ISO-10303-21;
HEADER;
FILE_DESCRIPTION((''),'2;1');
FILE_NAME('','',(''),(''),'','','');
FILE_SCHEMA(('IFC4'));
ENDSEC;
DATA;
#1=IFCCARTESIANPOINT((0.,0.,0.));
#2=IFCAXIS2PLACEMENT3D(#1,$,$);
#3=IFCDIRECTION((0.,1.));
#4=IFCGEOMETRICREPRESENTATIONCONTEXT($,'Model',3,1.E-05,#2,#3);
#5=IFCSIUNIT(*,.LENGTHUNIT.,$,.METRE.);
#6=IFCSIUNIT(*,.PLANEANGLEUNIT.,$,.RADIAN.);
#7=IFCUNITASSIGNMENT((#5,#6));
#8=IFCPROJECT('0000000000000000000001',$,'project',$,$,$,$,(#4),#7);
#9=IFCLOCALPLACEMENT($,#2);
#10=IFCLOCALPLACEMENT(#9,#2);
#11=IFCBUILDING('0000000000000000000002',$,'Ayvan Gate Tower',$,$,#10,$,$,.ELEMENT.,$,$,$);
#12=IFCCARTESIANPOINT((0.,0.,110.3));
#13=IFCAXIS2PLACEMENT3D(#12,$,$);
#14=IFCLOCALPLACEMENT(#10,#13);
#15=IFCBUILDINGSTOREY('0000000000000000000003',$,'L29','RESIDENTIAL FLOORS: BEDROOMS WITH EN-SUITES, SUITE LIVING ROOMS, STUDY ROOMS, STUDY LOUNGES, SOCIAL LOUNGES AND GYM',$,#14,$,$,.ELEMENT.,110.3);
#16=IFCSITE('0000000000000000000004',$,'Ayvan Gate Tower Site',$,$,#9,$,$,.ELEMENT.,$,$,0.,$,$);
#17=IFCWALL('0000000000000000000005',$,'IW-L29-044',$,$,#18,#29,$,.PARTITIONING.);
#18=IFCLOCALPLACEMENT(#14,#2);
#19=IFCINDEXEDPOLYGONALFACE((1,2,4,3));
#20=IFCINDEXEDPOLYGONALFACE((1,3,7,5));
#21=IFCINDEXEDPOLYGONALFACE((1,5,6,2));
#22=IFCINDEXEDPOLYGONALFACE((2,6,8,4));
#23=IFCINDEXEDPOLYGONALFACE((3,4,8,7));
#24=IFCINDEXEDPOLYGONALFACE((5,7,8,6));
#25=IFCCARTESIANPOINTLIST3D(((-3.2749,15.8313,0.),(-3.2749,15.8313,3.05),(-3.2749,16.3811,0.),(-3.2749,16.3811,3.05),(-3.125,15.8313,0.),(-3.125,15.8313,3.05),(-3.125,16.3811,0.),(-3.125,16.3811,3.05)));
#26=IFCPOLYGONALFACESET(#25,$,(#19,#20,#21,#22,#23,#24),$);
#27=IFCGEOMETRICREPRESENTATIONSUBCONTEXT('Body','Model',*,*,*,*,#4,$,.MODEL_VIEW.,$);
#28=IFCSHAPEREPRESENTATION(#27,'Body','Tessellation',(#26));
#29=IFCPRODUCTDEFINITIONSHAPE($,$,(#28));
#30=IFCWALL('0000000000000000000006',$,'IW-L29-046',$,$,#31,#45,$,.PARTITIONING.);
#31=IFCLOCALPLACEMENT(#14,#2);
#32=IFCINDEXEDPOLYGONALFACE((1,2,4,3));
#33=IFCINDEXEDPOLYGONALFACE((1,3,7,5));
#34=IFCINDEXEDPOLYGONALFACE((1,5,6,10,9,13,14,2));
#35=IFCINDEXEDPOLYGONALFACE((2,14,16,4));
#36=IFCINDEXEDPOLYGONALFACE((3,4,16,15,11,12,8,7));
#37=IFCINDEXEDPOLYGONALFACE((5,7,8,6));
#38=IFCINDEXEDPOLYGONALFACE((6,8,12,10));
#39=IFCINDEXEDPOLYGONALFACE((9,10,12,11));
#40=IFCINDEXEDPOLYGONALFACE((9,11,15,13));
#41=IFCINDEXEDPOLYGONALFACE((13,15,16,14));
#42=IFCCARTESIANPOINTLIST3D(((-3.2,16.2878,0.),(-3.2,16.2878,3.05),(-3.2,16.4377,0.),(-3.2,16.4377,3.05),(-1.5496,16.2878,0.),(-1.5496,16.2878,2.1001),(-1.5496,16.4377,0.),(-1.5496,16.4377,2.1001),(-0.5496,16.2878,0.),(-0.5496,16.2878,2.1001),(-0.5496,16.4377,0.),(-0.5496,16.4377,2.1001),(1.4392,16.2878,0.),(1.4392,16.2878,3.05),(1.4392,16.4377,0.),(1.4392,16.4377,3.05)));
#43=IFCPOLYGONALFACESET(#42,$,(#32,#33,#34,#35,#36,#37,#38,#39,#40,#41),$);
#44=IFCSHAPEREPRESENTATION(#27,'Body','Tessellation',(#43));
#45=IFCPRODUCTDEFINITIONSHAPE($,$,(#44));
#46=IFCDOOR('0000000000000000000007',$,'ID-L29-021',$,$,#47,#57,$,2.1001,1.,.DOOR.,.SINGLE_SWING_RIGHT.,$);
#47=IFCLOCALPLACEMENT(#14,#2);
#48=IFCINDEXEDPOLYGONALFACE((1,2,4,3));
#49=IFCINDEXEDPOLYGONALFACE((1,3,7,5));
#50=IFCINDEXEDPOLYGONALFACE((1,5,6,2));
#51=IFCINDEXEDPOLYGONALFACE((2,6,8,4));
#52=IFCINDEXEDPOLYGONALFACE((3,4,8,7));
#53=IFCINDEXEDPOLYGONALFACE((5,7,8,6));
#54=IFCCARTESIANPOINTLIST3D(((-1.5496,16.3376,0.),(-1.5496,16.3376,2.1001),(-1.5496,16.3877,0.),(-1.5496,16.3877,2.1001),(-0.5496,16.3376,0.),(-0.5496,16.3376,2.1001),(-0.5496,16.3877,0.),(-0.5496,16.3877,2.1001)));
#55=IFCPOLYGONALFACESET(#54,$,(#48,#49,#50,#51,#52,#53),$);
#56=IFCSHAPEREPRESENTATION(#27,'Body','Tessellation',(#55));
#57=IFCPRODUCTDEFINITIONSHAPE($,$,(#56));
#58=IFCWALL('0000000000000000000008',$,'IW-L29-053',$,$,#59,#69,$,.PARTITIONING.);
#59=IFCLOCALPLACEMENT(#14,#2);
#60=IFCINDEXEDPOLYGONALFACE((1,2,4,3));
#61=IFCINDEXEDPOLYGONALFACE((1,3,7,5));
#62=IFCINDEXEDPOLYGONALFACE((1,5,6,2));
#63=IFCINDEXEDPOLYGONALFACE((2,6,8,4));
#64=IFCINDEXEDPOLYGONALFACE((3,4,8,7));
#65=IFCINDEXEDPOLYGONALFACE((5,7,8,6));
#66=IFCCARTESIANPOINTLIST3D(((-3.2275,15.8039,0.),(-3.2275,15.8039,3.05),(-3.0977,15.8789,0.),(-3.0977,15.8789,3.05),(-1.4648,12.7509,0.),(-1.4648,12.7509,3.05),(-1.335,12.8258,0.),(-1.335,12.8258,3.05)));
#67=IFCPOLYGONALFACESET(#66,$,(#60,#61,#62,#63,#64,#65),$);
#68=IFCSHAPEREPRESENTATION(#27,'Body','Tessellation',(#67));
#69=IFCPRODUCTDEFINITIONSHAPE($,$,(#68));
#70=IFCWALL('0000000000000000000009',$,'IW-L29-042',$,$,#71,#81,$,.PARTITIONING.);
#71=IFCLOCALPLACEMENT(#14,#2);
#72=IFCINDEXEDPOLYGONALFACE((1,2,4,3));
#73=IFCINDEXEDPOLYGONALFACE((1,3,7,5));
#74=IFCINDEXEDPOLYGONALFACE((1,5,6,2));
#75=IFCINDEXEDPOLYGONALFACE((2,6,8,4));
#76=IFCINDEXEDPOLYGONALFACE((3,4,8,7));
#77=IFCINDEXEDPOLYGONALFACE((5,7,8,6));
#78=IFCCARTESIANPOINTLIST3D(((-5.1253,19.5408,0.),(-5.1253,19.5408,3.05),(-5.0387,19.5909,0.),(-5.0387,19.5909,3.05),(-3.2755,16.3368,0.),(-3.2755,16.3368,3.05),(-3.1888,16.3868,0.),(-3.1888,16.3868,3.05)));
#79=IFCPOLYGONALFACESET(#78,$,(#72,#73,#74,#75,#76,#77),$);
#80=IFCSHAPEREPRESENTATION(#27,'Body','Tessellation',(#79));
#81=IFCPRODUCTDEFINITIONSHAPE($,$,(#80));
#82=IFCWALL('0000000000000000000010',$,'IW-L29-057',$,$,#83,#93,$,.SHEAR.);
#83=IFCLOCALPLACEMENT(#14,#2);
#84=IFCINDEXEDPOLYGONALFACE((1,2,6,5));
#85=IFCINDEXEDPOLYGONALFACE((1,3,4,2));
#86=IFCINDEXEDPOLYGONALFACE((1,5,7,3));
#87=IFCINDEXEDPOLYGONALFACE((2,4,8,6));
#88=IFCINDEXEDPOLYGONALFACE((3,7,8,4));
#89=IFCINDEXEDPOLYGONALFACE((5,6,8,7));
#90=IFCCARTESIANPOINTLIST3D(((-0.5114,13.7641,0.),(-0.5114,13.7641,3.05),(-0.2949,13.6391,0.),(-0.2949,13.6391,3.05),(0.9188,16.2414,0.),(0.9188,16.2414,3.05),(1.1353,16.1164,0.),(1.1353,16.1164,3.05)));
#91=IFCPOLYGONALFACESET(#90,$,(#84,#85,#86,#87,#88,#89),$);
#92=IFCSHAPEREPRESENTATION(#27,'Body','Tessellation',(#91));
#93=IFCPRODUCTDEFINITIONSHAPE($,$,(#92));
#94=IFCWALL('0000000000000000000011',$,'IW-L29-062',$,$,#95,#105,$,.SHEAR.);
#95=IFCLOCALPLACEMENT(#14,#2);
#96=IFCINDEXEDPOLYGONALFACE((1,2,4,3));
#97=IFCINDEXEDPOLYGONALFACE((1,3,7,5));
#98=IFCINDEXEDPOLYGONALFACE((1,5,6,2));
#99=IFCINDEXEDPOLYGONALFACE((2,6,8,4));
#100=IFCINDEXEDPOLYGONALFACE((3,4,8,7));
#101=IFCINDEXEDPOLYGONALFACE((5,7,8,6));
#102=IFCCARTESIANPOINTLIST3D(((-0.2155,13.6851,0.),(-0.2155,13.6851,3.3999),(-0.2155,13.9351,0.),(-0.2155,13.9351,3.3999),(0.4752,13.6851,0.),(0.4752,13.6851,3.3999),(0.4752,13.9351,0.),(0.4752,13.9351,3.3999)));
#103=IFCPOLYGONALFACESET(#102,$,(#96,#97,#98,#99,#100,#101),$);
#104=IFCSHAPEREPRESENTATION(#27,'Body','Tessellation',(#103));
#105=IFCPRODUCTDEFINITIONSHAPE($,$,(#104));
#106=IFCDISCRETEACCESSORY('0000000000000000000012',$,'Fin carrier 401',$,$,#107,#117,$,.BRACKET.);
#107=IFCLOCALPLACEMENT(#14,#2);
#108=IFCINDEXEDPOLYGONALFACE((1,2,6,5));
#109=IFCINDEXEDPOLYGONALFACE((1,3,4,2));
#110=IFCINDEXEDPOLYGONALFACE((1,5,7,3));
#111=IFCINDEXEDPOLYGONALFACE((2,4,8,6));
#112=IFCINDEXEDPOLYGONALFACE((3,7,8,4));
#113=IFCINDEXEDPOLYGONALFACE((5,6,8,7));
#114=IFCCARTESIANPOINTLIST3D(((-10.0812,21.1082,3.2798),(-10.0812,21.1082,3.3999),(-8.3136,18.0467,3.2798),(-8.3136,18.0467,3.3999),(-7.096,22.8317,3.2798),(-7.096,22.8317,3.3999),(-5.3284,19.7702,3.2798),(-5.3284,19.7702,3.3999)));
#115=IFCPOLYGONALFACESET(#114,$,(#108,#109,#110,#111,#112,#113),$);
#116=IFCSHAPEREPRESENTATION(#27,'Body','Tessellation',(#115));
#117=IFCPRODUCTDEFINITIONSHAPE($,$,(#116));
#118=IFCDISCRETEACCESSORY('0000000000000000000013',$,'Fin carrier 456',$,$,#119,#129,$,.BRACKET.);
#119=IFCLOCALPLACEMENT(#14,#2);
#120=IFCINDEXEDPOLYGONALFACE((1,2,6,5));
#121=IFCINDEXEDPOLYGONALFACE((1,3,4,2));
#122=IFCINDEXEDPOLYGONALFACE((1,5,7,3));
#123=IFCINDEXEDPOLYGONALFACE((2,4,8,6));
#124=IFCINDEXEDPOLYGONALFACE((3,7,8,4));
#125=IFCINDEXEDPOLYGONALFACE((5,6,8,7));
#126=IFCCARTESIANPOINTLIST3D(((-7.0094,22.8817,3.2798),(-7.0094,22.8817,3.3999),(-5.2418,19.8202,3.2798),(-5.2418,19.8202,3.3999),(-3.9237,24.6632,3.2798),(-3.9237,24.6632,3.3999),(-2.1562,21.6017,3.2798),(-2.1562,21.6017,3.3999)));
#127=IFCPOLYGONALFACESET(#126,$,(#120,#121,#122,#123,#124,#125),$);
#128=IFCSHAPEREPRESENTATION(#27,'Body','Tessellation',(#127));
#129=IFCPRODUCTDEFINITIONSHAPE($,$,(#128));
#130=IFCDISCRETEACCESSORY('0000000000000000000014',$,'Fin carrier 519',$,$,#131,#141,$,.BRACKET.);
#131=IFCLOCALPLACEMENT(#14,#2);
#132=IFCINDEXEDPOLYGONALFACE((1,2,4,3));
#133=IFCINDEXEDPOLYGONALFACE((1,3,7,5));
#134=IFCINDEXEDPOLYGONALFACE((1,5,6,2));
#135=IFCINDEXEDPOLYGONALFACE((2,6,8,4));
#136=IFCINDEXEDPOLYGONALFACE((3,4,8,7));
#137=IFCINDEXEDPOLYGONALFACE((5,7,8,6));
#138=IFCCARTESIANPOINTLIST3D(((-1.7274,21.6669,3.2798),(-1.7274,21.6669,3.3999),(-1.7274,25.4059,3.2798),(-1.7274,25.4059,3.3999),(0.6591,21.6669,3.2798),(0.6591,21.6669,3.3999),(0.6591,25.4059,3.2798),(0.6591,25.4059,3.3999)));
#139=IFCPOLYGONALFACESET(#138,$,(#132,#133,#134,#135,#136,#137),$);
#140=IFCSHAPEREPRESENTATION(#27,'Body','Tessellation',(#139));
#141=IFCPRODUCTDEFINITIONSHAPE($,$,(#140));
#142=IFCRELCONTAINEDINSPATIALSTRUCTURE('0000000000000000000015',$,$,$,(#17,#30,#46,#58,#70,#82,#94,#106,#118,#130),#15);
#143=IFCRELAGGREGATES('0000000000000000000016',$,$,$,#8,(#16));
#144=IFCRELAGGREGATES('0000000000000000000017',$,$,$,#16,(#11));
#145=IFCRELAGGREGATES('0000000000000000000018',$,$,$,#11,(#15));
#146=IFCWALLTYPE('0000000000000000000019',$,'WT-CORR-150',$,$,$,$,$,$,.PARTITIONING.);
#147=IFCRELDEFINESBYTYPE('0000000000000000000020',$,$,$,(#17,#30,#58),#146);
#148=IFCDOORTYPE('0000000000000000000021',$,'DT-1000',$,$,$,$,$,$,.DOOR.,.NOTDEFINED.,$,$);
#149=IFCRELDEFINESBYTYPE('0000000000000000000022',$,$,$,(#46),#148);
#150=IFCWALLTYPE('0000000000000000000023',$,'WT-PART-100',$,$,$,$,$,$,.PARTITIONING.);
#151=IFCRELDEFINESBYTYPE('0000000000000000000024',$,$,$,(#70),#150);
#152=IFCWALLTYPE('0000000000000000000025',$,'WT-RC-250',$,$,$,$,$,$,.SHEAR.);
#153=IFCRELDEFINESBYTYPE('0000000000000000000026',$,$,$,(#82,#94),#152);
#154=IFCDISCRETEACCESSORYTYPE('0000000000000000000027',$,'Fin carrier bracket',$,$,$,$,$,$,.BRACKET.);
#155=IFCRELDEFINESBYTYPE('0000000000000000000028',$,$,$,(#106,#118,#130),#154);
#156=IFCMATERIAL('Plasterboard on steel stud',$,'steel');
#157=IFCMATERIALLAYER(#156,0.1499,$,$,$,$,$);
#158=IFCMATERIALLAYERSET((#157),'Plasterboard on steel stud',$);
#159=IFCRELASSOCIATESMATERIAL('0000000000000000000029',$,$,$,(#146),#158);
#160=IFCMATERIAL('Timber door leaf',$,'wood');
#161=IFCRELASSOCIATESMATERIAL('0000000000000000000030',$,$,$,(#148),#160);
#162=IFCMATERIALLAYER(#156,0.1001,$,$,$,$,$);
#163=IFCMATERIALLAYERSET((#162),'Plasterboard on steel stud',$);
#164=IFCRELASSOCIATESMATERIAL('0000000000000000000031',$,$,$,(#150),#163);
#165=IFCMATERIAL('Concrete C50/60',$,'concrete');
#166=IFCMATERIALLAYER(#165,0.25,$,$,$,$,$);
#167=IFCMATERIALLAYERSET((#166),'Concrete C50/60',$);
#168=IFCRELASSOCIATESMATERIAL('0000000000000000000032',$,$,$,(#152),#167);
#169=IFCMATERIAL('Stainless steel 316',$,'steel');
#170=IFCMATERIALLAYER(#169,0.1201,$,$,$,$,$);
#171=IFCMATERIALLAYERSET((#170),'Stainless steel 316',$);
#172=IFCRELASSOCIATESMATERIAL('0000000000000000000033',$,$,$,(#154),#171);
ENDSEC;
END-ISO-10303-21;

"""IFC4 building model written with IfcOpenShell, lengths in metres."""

from ifc_helpers import new_model, si_unit, direction, frame, frame_2d, origin, origin_2d, place, context, subcontext, project, spatial, rectangle, extrude, material, layer, layer_set, type_object, element, fill, save


model = new_model("IFC4")

# Units and contexts
model_context = context("Model", 3, precision=1e-05, world=origin(), true_north=direction((0.0, 1.0)))
body_context = subcontext(model_context, "Body", "Model", "MODEL_VIEW")
ifc_project = project(units=[si_unit("LENGTHUNIT", "METRE"), si_unit("PLANEANGLEUNIT", "RADIAN")], contexts=[model_context])

# Site, building, storey
site_placement = place(None, origin())
site = spatial("IfcSite", under=ifc_project, at=site_placement, Name="Ayvan Gate Tower Site", CompositionType="ELEMENT", RefElevation=0.0)
building_placement = place(site_placement, origin())
building = spatial("IfcBuilding", under=site, at=building_placement, Name="Ayvan Gate Tower", CompositionType="ELEMENT")
storey_placement = place(building_placement, frame((0.0, 0.0, 110.3)))
storey = spatial("IfcBuildingStorey", under=building, at=storey_placement, Name="L29", Description="RESIDENTIAL FLOORS: BEDROOMS WITH EN-SUITES, SUITE LIVING ROOMS, STUDY ROOMS, STUDY LOUNGES, SOCIAL LOUNGES AND GYM", CompositionType="ELEMENT", Elevation=110.3)

# Wall
ifc_material_1 = material(Name="Plasterboard on steel stud", Category="steel")
ifc_layer_1 = layer(ifc_material_1, 0.1499)
ifc_layer_set_1 = layer_set([ifc_layer_1], Name="Plasterboard on steel stud")
wall_type_1 = type_object("IfcWallType", Name="WT-CORR-150", PredefinedType="PARTITIONING", material=ifc_layer_set_1)
wall_1_placement = place(storey_placement, frame((-3.2, 15.8313, 0.0), z_axis=(0.0, 0.0, 1.0), x_axis=(0.0, 1.0, 0.0)))
element("IfcWall", 1, at=wall_1_placement, inside=storey, type_object=wall_type_1, Name="IW-L29-044", PredefinedType="PARTITIONING", context=body_context, shape_type="SweptSolid", body=[
    extrude(rectangle(XDim=0.5498, YDim=0.1499, at=frame_2d((0.2749, 0.0))), origin(), (0.0, 0.0, 1.0), 3.05),
])

# Wall, opening, door
wall_2_placement = place(storey_placement, frame((-3.2, 16.3628, 0.0), z_axis=(0.0, 0.0, 1.0), x_axis=(1.0, 0.0, 0.0)))
wall_2 = element("IfcWall", 2, at=wall_2_placement, inside=storey, type_object=wall_type_1, Name="IW-L29-046", PredefinedType="PARTITIONING", context=body_context, shape_type="SweptSolid", body=[
    extrude(rectangle(XDim=4.6392, YDim=0.1499, at=frame_2d((2.3196, 0.0))), origin(), (0.0, 0.0, 1.0), 3.05),
])
opening_placement = place(wall_2_placement, frame((1.6504, 0.0, 0.0)))
opening = element("IfcOpeningElement", 3, at=opening_placement, cuts=wall_2, PredefinedType="OPENING", context=body_context, shape_type="SweptSolid", body=[
    extrude(rectangle(XDim=1.0, YDim=2.1001, at=frame_2d((0.5, 1.05))), frame((0.0, 0.085, 0.0), z_axis=(0.0, -1.0, 0.0), x_axis=(1.0, 0.0, 0.0)), (0.0, 0.0, 1.0), 0.1699),
])
ifc_material_2 = material(Name="Timber door leaf", Category="wood")
door_type = type_object("IfcDoorType", Name="DT-1000", OperationType="NOTDEFINED", PredefinedType="DOOR", material=ifc_material_2)
door_placement = place(opening_placement, origin())
door = element("IfcDoor", 4, at=door_placement, inside=storey, type_object=door_type, Name="ID-L29-021", OperationType="SINGLE_SWING_RIGHT", OverallHeight=2.1001, OverallWidth=1.0, PredefinedType="DOOR", context=body_context, shape_type="SweptSolid", body=[
    extrude(rectangle(XDim=1.0, YDim=2.1001, at=frame_2d((0.5, 1.05))), frame((0.0, 0.0249, 0.0), z_axis=(0.0, -1.0, 0.0), x_axis=(1.0, 0.0, 0.0)), (0.0, 0.0, 1.0), 0.05),
])
fill(opening, door)

# Walls
wall_3_placement = place(storey_placement, frame((-1.3999, 12.7883, 0.0), z_axis=(0.0, 0.0, 1.0), x_axis=(-0.500012, 0.866018, 0.0)))
element("IfcWall", 5, at=wall_3_placement, inside=storey, type_object=wall_type_1, Name="IW-L29-053", PredefinedType="PARTITIONING", context=body_context, shape_type="SweptSolid", body=[
    extrude(rectangle(XDim=3.5254, YDim=0.1499, at=frame_2d((1.7627, 0.0))), origin(), (0.0, 0.0, 1.0), 3.05),
])
ifc_layer_2 = layer(ifc_material_1, 0.1001)
ifc_layer_set_2 = layer_set([ifc_layer_2], Name="Plasterboard on steel stud")
wall_type_2 = type_object("IfcWallType", Name="WT-PART-100", PredefinedType="PARTITIONING", material=ifc_layer_set_2)
wall_4_placement = place(storey_placement, frame((-3.2322, 16.3618, 0.0), z_axis=(0.0, 0.0, 1.0), x_axis=(-0.499993, 0.86603, 0.0)))
element("IfcWall", 6, at=wall_4_placement, inside=storey, type_object=wall_type_2, Name="IW-L29-042", PredefinedType="PARTITIONING", context=body_context, shape_type="SweptSolid", body=[
    extrude(rectangle(XDim=3.6997, YDim=0.1001, at=frame_2d((1.8499, 0.0))), origin(), (0.0, 0.0, 1.0), 3.05),
])
ifc_material_3 = material(Name="Concrete C50/60", Category="concrete")
ifc_layer_3 = layer(ifc_material_3, 0.25)
ifc_layer_set_3 = layer_set([ifc_layer_3], Name="Concrete C50/60")
wall_type_3 = type_object("IfcWallType", Name="WT-RC-250", PredefinedType="SHEAR", material=ifc_layer_set_3)
wall_5_placement = place(storey_placement, frame((-0.4031, 13.7017, 0.0), z_axis=(0.0, 0.0, 1.0), x_axis=(0.499976, 0.866039, 0.0)))
element("IfcWall", 7, at=wall_5_placement, inside=storey, type_object=wall_type_3, Name="IW-L29-057", PredefinedType="SHEAR", context=body_context, shape_type="SweptSolid", body=[
    extrude(rectangle(XDim=2.8606, YDim=0.25, at=frame_2d((1.4302, 0.0))), origin(), (0.0, 0.0, 1.0), 3.05),
])
wall_6_placement = place(storey_placement, frame((0.4751, 13.8101, 0.0), z_axis=(0.0, 0.0, 1.0), x_axis=(-1.0, 0.0, 0.0)))
element("IfcWall", 8, at=wall_6_placement, inside=storey, type_object=wall_type_3, Name="IW-L29-062", PredefinedType="SHEAR", context=body_context, shape_type="SweptSolid", body=[
    extrude(rectangle(XDim=0.6907, YDim=0.25, at=frame_2d((0.3452, 0.0))), origin(), (0.0, 0.0, 1.0), 3.3999),
])

# Discrete accessories
ifc_material_4 = material(Name="Stainless steel 316", Category="steel")
ifc_layer_4 = layer(ifc_material_4, 0.1201)
ifc_layer_set_4 = layer_set([ifc_layer_4], Name="Stainless steel 316")
discrete_accessory_type = type_object("IfcDiscreteAccessoryType", Name="Fin carrier bracket", PredefinedType="BRACKET", material=ifc_layer_set_4)
discrete_accessory_1_placement = place(storey_placement, frame((-7.7048, 20.4392, 3.2798), z_axis=(0.0, 0.0, 1.0), x_axis=(-0.866025, -0.5, 0.0)))
element("IfcDiscreteAccessory", 9, at=discrete_accessory_1_placement, inside=storey, type_object=discrete_accessory_type, Name="Fin carrier 401", PredefinedType="BRACKET", context=body_context, shape_type="SweptSolid", body=[
    extrude(rectangle(XDim=3.447, YDim=3.5352, at=origin_2d()), origin(), (0.0, 0.0, 1.0), 0.1201),
])
discrete_accessory_2_placement = place(storey_placement, frame((-4.5828, 22.2417, 3.2798), z_axis=(0.0, 0.0, 1.0), x_axis=(-0.866025, -0.5, 0.0)))
element("IfcDiscreteAccessory", 10, at=discrete_accessory_2_placement, inside=storey, type_object=discrete_accessory_type, Name="Fin carrier 456", PredefinedType="BRACKET", context=body_context, shape_type="SweptSolid", body=[
    extrude(rectangle(XDim=3.563, YDim=3.5352, at=origin_2d()), origin(), (0.0, 0.0, 1.0), 0.1201),
])
discrete_accessory_3_placement = place(storey_placement, frame((-0.5342, 23.5364, 3.2798), z_axis=(0.0, 0.0, 1.0), x_axis=(-1.0, 0.0, 0.0)))
element("IfcDiscreteAccessory", 11, at=discrete_accessory_3_placement, inside=storey, type_object=discrete_accessory_type, Name="Fin carrier 519", PredefinedType="BRACKET", context=body_context, shape_type="SweptSolid", body=[
    extrude(rectangle(XDim=2.3865, YDim=3.739, at=origin_2d()), origin(), (0.0, 0.0, 1.0), 0.1201),
])

save(model, "model.ifc")
